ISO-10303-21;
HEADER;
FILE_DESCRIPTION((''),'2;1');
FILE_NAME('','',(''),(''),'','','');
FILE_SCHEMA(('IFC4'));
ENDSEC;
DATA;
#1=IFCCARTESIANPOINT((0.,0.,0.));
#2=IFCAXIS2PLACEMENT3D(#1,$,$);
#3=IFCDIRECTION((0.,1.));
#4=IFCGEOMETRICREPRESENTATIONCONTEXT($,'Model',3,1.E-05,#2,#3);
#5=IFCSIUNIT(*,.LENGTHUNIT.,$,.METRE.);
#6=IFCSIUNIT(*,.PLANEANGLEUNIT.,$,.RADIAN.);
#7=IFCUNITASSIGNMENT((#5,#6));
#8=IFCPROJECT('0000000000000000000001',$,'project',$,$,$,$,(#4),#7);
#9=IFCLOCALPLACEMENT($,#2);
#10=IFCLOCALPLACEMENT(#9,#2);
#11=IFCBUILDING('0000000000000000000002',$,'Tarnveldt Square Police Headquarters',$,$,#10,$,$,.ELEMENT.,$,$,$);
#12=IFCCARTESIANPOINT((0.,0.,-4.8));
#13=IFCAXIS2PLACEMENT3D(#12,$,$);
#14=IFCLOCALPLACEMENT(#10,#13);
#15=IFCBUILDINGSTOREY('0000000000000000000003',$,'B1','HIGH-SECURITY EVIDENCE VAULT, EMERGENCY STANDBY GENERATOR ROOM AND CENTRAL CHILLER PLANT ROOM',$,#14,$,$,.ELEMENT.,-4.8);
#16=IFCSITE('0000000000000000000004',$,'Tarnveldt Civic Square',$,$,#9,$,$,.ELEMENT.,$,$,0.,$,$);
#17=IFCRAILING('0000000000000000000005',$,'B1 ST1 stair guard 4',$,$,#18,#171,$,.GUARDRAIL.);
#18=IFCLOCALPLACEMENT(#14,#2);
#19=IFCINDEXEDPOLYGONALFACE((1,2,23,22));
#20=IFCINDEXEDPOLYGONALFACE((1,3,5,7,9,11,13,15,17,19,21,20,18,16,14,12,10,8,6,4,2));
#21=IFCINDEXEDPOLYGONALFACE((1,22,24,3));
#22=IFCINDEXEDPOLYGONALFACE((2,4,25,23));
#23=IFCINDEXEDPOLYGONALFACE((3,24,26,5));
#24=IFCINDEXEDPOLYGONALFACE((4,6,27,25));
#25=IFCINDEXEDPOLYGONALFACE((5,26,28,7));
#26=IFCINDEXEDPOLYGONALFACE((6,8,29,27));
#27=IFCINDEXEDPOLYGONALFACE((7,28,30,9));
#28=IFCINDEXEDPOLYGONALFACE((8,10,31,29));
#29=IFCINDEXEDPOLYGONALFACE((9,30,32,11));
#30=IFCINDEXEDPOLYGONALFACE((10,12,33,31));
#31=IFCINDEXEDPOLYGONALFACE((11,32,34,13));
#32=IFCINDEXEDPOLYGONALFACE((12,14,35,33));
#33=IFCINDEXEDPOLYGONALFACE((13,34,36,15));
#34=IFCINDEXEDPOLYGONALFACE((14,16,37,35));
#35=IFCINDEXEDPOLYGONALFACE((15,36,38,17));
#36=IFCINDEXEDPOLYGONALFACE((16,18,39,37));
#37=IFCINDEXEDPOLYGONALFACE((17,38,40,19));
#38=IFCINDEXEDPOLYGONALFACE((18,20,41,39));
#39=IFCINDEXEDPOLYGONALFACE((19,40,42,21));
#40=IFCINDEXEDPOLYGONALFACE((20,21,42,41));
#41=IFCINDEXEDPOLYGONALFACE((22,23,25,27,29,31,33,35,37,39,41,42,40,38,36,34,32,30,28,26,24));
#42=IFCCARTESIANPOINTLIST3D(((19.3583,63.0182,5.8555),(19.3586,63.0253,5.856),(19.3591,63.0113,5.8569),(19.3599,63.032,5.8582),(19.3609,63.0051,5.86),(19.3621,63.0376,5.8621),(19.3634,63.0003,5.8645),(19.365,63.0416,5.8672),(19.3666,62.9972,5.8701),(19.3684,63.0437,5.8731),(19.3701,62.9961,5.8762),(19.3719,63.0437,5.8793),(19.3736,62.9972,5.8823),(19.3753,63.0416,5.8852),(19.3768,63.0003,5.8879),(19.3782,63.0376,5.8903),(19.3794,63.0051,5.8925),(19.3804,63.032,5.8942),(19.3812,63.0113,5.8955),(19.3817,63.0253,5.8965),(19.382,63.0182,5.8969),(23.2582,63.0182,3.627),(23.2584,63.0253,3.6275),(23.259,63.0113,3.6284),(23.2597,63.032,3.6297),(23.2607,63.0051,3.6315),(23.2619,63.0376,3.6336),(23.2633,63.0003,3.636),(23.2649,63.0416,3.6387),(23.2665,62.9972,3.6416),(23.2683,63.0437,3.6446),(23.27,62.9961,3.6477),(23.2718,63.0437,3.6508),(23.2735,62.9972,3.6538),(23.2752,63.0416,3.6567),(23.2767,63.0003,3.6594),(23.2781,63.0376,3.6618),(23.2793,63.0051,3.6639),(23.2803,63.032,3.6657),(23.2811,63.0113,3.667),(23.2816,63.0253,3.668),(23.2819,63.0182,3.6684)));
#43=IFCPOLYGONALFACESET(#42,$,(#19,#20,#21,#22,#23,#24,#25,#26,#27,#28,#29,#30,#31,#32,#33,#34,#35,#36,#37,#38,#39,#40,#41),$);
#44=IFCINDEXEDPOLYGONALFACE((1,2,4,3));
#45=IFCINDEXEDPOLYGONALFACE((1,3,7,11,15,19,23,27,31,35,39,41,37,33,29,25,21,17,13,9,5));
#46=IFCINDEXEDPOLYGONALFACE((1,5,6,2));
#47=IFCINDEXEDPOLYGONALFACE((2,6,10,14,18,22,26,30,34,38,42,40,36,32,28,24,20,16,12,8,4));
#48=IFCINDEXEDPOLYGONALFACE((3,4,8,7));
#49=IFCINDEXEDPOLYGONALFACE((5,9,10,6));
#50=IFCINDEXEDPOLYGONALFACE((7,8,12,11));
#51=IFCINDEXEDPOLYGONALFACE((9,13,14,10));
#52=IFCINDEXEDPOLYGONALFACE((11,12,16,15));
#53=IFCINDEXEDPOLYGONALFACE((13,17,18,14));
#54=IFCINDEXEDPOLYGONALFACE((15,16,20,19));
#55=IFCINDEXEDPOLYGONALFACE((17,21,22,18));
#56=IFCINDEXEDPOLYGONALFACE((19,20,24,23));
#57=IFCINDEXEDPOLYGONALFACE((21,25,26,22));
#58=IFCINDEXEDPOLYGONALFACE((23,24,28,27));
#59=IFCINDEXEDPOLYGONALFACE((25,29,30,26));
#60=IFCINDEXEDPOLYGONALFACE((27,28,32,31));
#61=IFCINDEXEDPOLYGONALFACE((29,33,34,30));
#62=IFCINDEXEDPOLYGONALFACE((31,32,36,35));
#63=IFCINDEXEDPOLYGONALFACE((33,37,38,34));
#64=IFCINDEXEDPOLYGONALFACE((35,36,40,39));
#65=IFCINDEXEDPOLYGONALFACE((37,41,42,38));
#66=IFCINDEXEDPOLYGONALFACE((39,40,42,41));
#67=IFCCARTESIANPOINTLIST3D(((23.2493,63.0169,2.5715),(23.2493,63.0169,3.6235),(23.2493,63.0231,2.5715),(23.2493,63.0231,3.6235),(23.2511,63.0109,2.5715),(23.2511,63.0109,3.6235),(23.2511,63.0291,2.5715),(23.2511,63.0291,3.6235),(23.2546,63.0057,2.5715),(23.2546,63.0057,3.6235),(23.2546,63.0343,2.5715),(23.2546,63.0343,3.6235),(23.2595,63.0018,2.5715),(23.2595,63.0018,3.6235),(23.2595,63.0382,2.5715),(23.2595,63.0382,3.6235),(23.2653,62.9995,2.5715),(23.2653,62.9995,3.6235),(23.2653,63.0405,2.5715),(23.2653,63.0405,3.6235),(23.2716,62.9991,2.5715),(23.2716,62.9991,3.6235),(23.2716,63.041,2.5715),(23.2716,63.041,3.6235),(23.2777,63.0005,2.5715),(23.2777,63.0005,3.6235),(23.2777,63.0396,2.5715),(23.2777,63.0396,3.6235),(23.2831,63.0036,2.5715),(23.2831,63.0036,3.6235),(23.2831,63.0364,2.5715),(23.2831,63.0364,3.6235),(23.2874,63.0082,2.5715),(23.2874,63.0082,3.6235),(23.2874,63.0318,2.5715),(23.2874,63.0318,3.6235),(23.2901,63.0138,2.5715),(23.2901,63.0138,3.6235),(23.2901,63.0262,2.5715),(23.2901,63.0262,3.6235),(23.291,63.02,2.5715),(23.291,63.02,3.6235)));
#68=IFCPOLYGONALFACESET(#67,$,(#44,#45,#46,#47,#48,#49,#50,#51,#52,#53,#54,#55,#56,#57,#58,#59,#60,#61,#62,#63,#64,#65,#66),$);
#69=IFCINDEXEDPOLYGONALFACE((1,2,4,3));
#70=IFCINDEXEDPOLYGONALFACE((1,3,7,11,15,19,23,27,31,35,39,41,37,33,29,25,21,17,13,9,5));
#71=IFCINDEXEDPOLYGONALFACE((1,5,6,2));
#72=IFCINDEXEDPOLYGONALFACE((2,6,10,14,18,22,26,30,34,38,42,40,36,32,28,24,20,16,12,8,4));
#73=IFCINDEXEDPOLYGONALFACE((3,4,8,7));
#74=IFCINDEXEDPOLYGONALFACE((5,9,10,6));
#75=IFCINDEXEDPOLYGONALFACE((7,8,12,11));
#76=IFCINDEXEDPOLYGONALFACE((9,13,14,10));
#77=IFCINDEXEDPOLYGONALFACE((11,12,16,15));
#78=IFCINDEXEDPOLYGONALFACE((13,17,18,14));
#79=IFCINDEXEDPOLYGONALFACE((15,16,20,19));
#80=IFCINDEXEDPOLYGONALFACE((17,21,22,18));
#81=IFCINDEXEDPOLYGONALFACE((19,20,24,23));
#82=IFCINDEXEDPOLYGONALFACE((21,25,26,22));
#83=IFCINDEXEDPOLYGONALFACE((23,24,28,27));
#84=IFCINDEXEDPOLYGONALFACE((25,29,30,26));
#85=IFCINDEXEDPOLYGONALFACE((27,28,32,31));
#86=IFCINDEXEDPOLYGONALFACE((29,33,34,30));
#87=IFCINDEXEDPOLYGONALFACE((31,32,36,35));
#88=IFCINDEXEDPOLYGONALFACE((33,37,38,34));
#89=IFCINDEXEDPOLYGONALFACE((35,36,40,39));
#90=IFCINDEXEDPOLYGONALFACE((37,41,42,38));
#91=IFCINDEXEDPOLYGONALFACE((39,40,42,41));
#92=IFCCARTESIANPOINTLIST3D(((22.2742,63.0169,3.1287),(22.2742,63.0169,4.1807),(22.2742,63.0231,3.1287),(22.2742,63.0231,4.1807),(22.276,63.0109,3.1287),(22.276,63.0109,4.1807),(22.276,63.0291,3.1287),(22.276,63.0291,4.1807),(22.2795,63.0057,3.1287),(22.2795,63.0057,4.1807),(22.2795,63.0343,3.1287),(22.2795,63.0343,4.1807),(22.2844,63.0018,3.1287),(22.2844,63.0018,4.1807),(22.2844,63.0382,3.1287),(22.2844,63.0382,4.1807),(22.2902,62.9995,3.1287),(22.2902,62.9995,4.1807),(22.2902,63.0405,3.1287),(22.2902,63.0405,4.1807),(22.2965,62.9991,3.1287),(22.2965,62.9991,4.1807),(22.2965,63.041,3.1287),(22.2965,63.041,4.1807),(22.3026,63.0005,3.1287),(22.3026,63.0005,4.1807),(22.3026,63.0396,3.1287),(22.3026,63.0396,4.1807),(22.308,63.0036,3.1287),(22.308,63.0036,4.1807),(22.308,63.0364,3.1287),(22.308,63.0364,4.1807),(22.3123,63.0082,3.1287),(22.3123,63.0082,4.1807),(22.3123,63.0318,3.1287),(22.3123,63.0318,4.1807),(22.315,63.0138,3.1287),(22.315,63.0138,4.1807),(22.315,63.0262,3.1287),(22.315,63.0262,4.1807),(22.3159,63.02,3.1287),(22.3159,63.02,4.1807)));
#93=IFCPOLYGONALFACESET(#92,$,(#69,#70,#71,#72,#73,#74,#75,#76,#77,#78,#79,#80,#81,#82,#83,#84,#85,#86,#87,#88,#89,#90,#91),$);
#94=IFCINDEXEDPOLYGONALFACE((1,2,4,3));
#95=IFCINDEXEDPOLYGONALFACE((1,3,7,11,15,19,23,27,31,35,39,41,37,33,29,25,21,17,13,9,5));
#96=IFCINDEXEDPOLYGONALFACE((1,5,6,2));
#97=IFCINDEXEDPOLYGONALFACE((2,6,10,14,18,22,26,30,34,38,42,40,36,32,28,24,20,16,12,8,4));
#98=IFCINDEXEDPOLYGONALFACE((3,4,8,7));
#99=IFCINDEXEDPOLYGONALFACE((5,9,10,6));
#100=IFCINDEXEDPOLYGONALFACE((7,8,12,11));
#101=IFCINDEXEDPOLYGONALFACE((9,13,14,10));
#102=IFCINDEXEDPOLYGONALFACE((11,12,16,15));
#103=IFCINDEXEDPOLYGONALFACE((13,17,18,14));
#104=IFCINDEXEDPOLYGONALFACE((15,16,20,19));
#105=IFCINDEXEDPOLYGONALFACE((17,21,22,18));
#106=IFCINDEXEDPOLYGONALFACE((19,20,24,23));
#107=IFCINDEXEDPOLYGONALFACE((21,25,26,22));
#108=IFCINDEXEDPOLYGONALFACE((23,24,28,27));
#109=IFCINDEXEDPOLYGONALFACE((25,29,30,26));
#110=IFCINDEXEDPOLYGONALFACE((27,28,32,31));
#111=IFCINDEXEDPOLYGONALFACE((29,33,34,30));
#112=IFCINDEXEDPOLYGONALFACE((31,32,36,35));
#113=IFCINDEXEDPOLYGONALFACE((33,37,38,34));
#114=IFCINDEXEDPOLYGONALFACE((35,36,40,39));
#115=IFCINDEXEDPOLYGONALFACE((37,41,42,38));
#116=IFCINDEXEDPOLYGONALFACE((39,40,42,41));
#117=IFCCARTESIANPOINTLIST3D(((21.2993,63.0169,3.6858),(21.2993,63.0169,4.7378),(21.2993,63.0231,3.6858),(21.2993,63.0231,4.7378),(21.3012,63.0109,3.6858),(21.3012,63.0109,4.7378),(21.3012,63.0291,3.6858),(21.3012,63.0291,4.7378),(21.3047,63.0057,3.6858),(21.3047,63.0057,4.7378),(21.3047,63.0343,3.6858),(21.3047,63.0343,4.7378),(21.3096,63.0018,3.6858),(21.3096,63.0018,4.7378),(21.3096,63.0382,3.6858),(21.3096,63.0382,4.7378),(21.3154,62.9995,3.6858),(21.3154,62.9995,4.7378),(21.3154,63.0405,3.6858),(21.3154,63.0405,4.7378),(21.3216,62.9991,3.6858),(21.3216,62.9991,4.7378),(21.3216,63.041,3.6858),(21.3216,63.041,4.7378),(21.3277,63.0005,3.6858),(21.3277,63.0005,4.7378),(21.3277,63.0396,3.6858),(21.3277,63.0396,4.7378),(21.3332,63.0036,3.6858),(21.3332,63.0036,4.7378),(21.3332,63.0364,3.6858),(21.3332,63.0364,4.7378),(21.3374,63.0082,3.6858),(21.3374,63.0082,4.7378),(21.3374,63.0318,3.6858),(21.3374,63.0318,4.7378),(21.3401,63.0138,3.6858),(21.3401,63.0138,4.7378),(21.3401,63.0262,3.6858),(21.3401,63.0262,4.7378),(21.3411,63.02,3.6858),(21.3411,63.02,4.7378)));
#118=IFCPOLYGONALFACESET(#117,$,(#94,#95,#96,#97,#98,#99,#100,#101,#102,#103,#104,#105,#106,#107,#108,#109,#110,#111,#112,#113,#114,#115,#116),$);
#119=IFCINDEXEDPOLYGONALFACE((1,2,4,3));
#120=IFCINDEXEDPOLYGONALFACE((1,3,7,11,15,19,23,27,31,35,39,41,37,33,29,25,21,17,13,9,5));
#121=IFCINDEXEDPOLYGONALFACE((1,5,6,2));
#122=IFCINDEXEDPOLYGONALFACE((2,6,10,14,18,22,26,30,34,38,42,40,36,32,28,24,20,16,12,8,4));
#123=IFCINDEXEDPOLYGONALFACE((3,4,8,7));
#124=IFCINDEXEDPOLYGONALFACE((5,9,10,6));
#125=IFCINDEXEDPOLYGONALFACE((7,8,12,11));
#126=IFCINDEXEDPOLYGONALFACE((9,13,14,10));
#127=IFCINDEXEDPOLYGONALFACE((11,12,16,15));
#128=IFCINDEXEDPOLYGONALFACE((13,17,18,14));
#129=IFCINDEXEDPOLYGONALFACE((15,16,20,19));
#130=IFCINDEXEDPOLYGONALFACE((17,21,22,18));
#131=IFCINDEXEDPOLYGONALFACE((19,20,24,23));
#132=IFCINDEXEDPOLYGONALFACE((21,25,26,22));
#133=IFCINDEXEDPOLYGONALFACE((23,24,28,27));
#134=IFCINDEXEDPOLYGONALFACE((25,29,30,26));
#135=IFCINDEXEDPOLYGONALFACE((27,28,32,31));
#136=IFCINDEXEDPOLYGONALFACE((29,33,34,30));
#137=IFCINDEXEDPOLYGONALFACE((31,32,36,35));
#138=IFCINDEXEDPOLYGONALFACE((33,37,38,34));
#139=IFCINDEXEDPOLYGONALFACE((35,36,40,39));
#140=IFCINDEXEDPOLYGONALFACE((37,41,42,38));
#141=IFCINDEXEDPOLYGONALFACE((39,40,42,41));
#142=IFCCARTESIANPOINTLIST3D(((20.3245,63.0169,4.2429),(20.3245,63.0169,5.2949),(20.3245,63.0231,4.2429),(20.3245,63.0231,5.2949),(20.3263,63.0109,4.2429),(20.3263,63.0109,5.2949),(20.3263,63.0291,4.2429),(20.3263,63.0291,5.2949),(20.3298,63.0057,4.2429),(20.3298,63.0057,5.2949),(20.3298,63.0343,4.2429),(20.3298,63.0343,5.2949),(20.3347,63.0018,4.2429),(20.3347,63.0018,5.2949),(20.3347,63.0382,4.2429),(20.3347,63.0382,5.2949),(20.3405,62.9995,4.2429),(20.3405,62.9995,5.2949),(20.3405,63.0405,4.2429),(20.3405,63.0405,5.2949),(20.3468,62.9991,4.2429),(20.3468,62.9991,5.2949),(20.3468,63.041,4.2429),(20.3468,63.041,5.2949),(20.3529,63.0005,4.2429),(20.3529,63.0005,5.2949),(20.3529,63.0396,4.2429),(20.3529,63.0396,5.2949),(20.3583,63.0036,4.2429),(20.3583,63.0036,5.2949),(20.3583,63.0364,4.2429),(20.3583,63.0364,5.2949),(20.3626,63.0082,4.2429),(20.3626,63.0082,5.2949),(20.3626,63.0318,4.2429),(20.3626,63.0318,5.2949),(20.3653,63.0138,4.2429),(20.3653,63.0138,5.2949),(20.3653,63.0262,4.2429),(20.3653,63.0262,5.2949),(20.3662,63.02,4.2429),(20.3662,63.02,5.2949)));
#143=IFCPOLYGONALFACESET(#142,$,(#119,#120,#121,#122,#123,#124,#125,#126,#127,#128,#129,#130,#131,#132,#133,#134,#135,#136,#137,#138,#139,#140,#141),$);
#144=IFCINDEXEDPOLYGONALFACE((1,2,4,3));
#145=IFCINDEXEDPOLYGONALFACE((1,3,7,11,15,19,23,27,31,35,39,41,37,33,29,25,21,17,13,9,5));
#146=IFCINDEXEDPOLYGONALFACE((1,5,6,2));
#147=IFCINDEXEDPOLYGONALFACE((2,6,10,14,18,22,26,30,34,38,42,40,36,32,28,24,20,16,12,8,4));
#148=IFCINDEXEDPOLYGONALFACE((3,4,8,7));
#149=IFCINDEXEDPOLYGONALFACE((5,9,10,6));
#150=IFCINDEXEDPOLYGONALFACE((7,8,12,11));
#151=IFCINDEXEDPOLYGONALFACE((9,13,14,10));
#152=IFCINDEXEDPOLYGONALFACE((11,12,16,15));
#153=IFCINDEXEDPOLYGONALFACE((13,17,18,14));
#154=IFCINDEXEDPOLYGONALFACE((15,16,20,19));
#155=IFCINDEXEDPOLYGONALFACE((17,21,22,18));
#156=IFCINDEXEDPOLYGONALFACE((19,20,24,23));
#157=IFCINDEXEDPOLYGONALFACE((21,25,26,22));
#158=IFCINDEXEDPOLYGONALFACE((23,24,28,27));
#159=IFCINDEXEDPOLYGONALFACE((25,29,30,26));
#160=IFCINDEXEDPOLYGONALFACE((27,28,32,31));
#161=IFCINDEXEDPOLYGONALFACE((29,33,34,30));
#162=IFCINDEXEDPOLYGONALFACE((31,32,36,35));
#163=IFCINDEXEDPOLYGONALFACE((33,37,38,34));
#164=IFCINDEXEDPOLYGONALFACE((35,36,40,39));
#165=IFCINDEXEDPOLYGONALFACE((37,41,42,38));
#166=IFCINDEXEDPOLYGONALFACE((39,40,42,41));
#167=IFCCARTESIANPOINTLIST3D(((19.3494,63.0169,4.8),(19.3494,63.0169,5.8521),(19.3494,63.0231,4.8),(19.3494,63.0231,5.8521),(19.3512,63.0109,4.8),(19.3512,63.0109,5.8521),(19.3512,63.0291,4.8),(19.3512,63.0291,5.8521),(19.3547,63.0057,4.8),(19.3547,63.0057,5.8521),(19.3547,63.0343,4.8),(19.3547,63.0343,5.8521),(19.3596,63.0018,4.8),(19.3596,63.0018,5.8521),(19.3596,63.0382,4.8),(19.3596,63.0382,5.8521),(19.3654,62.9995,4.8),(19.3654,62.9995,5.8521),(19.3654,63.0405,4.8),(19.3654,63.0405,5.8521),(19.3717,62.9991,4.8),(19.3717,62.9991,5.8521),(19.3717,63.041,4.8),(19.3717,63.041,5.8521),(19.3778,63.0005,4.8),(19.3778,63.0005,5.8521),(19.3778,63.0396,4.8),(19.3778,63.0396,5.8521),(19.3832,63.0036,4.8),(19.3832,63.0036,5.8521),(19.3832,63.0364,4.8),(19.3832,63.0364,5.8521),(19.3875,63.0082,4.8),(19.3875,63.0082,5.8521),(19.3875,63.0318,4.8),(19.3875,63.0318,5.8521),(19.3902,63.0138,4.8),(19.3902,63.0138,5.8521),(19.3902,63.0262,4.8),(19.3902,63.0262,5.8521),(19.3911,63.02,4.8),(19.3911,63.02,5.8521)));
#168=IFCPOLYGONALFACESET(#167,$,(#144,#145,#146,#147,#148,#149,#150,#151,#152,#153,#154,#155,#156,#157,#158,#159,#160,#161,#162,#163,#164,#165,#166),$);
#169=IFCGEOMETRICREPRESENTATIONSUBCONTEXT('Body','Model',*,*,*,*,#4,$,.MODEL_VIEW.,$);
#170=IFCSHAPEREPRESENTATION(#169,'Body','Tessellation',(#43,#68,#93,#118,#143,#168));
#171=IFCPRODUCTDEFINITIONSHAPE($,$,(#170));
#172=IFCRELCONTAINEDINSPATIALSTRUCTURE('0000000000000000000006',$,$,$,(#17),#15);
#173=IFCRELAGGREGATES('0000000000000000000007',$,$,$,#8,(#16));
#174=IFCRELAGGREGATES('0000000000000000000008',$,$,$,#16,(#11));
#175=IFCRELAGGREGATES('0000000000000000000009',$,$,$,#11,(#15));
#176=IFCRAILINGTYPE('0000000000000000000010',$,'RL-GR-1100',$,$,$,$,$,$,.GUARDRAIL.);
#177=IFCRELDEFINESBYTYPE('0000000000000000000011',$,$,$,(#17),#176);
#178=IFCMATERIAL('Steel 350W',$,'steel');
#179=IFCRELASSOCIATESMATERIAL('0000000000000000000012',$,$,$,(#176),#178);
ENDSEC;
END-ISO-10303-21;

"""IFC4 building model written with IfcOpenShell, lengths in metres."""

from ifc_helpers import new_model, si_unit, direction, frame, origin, origin_2d, place, context, subcontext, project, spatial, circle, extrude, material, type_object, element, save


model = new_model("IFC4")

# Units and contexts
model_context = context("Model", 3, precision=1e-05, world=origin(), true_north=direction((0.0, 1.0)))
body_context = subcontext(model_context, "Body", "Model", "MODEL_VIEW")
ifc_project = project(units=[si_unit("LENGTHUNIT", "METRE"), si_unit("PLANEANGLEUNIT", "RADIAN")], contexts=[model_context])

# Site, building, storey
site_placement = place(None, origin())
site = spatial("IfcSite", under=ifc_project, at=site_placement, Name="Tarnveldt Civic Square", CompositionType="ELEMENT", RefElevation=0.0)
building_placement = place(site_placement, origin())
building = spatial("IfcBuilding", under=site, at=building_placement, Name="Tarnveldt Square Police Headquarters", CompositionType="ELEMENT")
storey_placement = place(building_placement, frame((0.0, 0.0, -4.8)))
storey = spatial("IfcBuildingStorey", under=building, at=storey_placement, Name="B1", Description="HIGH-SECURITY EVIDENCE VAULT, EMERGENCY STANDBY GENERATOR ROOM AND CENTRAL CHILLER PLANT ROOM", CompositionType="ELEMENT", Elevation=-4.8)

# Shared definitions
ifc_material_1 = material(Name="Steel 350W", Category="steel")

# Railing
railing_type_1 = type_object("IfcRailingType", Name="RL-GR-1100", PredefinedType="GUARDRAIL", material=ifc_material_1)
railing_1_placement = place(storey_placement, frame((23.27, 63.02, 2.5715)))
element("IfcRailing", 1, at=railing_1_placement, inside=storey, type_object=railing_type_1, Name="B1 ST1 stair guard 4", PredefinedType="GUARDRAIL", context=body_context, shape_type="SweptSolid", body=[
    extrude(circle(Radius=0.0239, at=origin_2d()), frame((0.0, 0.0, 1.0762), z_axis=(-0.868243, 0.0, 0.496139), x_axis=(0.0, -1.0, 0.0)), (0.0, 0.0, 1.0), 4.4917),
    extrude(circle(Radius=0.021, at=origin_2d()), origin(), (0.0, 0.0, 1.0), 1.052),
    extrude(circle(Radius=0.021, at=origin_2d()), frame((-0.9751, 0.0, 0.5571)), (0.0, 0.0, 1.0), 1.052),
    extrude(circle(Radius=0.021, at=origin_2d()), frame((-1.95, 0.0, 1.1143)), (0.0, 0.0, 1.0), 1.052),
    extrude(circle(Radius=0.021, at=origin_2d()), frame((-2.9248, 0.0, 1.6714)), (0.0, 0.0, 1.0), 1.052),
    extrude(circle(Radius=0.021, at=origin_2d()), frame((-3.8999, 0.0, 2.2285)), (0.0, 0.0, 1.0), 1.052),
])

save(model, "model.ifc")
